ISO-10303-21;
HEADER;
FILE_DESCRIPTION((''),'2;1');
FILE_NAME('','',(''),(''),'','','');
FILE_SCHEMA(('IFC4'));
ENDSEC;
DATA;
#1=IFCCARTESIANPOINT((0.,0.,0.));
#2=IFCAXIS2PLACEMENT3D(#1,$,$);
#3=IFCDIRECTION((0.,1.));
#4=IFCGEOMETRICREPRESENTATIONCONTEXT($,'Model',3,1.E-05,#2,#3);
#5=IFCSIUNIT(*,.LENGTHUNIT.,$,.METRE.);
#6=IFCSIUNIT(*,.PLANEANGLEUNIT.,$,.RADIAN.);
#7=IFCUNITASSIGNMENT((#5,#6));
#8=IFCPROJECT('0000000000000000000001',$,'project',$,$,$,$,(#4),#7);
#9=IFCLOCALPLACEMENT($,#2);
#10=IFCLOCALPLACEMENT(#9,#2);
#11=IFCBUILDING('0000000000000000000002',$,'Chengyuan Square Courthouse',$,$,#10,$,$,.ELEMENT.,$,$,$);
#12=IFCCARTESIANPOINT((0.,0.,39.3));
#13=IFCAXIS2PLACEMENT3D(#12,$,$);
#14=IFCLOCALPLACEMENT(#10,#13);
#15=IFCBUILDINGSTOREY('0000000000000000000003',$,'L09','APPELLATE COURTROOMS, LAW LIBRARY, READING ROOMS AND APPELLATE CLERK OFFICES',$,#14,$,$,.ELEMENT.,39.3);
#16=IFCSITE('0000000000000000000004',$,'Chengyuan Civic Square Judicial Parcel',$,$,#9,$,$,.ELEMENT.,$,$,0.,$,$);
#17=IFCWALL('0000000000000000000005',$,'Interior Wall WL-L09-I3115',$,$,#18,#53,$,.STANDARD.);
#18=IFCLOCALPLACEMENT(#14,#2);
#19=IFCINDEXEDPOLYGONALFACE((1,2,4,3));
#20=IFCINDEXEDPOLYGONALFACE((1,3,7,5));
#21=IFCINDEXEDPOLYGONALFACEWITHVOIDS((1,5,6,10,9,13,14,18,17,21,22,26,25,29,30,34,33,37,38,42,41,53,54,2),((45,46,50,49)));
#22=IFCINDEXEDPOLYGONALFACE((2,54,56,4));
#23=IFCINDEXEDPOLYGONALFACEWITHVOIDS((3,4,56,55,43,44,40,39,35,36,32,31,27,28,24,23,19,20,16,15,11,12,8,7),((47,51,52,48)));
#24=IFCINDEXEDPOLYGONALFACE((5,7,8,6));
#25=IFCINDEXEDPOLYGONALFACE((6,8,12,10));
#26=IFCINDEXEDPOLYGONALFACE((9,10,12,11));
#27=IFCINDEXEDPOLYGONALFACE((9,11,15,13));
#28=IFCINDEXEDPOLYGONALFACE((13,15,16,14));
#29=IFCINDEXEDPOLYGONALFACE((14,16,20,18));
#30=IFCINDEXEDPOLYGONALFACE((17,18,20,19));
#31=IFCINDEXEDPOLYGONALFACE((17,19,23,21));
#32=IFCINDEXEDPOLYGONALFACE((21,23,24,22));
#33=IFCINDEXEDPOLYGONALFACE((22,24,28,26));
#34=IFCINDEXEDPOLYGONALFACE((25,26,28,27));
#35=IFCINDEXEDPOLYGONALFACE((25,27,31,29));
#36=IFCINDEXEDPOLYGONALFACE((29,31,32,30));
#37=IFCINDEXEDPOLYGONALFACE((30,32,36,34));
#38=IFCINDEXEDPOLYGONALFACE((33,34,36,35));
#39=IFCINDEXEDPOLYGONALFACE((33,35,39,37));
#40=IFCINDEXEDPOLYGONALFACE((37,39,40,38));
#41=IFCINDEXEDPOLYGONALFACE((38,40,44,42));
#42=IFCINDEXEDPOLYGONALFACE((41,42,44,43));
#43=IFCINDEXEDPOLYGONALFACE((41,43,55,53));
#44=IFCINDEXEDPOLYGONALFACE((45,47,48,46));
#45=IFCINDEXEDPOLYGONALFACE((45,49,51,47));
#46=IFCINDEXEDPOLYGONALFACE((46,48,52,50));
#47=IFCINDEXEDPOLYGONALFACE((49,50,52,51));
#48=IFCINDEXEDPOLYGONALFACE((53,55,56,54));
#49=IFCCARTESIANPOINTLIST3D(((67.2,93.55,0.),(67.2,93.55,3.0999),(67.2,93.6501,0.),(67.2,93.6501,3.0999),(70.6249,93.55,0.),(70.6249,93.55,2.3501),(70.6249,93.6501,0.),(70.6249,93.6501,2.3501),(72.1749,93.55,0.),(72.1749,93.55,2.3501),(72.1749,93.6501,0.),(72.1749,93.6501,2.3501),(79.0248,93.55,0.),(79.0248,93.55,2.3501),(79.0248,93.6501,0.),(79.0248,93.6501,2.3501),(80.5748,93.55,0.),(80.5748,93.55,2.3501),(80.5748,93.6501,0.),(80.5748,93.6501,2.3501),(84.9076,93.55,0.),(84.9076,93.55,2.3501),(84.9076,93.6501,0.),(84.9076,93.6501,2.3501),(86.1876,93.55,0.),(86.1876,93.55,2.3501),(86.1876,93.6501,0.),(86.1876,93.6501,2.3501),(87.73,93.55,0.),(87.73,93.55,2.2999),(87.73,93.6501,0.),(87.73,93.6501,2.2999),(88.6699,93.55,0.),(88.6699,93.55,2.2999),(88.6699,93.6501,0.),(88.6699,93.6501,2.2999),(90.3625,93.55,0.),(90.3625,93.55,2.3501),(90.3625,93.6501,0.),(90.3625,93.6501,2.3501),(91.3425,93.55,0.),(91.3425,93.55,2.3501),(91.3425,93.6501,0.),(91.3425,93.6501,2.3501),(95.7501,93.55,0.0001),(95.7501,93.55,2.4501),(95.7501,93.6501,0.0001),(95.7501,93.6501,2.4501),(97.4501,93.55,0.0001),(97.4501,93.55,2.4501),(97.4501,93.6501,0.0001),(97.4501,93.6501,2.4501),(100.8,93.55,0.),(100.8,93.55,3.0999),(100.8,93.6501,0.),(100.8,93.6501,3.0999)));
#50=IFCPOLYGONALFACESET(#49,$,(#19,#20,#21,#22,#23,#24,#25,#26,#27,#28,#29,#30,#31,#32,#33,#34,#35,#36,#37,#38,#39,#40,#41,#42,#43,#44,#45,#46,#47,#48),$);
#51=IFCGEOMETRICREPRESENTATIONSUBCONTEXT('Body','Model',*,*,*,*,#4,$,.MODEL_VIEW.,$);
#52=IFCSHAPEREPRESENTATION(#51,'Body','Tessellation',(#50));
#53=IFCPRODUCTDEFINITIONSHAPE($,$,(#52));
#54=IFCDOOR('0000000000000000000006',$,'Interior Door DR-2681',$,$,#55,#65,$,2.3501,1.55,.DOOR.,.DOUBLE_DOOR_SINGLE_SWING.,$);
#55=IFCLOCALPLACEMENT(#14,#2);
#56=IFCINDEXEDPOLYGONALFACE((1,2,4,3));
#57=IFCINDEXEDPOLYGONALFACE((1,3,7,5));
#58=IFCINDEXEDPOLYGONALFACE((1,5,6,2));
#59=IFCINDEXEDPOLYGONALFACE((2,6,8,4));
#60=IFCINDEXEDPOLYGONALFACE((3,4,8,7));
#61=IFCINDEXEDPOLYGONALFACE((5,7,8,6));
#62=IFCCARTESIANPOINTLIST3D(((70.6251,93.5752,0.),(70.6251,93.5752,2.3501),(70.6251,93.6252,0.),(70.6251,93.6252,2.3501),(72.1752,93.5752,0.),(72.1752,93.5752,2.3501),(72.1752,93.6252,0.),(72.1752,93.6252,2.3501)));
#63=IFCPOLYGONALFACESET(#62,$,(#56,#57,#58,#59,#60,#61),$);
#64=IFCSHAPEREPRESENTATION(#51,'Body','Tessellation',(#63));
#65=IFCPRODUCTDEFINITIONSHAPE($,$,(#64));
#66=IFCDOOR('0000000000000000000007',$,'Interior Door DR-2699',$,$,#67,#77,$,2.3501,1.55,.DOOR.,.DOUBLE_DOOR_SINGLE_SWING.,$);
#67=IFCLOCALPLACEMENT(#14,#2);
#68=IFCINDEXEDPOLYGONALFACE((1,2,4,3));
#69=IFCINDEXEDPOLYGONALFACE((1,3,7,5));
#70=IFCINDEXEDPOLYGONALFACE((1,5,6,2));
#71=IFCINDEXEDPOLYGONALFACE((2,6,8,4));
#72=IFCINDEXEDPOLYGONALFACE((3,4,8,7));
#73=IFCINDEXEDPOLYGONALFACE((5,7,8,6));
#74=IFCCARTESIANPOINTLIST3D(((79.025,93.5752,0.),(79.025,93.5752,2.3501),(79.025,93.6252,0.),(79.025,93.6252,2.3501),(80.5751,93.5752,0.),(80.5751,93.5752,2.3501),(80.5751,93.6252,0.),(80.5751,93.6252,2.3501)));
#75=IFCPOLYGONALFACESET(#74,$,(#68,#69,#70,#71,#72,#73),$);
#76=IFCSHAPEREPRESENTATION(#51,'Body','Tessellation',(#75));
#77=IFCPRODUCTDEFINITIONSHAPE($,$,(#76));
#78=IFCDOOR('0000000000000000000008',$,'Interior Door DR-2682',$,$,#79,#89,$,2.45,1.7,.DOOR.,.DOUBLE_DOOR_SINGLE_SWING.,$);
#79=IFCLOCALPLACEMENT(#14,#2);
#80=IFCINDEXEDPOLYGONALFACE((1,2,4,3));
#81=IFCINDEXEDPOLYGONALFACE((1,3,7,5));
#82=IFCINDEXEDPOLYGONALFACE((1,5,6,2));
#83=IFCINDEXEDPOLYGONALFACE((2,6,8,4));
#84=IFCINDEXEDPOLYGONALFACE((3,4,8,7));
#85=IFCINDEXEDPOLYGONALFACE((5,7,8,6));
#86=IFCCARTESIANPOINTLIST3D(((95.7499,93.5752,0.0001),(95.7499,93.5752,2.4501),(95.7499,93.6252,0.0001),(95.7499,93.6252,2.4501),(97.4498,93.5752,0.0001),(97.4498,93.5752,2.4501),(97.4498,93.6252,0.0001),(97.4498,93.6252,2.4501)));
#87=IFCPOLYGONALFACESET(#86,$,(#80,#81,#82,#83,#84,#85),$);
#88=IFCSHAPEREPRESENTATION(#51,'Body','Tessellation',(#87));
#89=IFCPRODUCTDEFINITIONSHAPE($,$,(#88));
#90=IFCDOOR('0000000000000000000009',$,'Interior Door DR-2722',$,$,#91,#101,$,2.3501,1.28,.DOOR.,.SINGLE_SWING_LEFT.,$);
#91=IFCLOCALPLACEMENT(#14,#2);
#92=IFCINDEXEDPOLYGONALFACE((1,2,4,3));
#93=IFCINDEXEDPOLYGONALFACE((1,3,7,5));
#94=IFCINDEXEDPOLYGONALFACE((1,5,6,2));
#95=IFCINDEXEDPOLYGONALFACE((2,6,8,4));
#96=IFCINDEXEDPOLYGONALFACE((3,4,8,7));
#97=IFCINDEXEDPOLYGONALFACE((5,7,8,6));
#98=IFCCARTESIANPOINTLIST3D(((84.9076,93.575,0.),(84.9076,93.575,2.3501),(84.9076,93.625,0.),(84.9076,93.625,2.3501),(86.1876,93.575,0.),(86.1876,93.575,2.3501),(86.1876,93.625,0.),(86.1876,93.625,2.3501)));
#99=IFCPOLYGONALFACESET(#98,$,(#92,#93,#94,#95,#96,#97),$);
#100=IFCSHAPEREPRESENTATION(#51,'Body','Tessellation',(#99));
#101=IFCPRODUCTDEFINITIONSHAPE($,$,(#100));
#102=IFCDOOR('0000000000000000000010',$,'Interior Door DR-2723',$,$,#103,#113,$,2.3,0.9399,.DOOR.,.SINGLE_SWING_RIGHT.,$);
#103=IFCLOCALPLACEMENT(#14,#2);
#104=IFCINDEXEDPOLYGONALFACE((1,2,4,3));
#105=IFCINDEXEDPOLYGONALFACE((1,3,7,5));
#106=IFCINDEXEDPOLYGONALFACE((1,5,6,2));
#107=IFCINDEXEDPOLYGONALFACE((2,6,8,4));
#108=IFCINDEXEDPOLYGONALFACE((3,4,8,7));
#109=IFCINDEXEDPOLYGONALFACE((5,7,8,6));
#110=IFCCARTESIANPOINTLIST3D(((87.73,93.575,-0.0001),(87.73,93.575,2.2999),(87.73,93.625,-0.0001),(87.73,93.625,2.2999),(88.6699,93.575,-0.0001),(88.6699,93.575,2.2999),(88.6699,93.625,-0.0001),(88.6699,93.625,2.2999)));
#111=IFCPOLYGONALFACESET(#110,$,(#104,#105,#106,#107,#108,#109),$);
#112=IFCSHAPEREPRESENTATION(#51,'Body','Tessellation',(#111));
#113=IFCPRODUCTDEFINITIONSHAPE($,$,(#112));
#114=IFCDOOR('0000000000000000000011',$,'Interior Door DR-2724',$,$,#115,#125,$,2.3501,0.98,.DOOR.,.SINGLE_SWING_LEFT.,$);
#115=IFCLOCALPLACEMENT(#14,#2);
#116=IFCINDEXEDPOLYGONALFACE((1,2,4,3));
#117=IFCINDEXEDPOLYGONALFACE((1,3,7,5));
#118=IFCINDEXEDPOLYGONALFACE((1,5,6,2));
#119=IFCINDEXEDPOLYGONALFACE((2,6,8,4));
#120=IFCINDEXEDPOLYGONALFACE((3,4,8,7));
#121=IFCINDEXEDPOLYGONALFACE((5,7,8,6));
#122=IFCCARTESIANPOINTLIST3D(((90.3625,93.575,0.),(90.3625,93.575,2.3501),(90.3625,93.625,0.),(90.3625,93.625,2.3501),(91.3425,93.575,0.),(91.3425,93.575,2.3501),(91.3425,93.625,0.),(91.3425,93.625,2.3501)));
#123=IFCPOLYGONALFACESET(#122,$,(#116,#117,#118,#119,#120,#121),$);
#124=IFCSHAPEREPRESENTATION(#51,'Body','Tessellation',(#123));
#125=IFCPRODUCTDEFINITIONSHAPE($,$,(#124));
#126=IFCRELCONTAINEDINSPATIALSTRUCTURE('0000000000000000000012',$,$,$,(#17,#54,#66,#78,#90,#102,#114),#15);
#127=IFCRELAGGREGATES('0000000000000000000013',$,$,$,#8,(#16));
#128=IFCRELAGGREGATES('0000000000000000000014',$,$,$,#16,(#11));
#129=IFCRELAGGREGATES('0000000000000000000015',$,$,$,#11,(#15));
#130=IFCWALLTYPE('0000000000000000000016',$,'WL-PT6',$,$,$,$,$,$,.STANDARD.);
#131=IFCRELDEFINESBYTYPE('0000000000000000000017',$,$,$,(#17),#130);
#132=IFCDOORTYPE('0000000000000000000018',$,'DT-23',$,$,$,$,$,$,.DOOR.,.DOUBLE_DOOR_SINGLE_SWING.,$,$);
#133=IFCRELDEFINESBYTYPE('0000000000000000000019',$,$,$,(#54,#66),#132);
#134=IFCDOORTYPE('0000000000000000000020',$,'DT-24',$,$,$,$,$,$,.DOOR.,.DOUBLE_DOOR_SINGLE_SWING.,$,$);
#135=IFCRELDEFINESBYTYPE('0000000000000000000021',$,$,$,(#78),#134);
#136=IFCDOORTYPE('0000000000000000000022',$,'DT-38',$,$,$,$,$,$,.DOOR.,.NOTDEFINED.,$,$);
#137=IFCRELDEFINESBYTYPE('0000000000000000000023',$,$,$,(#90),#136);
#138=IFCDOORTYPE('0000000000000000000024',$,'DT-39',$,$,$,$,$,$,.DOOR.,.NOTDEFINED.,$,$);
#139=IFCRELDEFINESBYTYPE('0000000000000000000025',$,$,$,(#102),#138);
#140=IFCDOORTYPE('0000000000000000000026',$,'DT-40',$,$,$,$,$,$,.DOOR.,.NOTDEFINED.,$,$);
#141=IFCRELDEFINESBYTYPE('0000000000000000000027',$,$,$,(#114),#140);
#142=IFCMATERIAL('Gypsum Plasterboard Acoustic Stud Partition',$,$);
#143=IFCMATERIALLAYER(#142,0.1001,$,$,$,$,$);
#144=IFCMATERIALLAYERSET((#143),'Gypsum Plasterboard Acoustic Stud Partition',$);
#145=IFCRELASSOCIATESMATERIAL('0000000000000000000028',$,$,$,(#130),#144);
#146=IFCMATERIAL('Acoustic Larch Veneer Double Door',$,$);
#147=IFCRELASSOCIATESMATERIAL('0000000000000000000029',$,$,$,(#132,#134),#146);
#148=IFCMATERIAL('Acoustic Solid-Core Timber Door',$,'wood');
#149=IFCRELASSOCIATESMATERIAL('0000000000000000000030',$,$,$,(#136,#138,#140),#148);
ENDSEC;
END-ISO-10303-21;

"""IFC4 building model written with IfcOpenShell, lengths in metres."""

from ifc_helpers import new_model, si_unit, direction, frame, frame_2d, origin, place, context, subcontext, project, spatial, rectangle, extrude, material, layer, layer_set, type_object, element, fill, save


model = new_model("IFC4")

# Units and contexts
model_context = context("Model", 3, precision=1e-05, world=origin(), true_north=direction((0.0, 1.0)))
body_context = subcontext(model_context, "Body", "Model", "MODEL_VIEW")
ifc_project = project(units=[si_unit("LENGTHUNIT", "METRE"), si_unit("PLANEANGLEUNIT", "RADIAN")], contexts=[model_context])

# Site, building, storey
site_placement = place(None, origin())
site = spatial("IfcSite", under=ifc_project, at=site_placement, Name="Chengyuan Civic Square Judicial Parcel", CompositionType="ELEMENT", RefElevation=0.0)
building_placement = place(site_placement, origin())
building = spatial("IfcBuilding", under=site, at=building_placement, Name="Chengyuan Square Courthouse", CompositionType="ELEMENT")
storey_placement = place(building_placement, frame((0.0, 0.0, 39.3)))
storey = spatial("IfcBuildingStorey", under=building, at=storey_placement, Name="L09", Description="APPELLATE COURTROOMS, LAW LIBRARY, READING ROOMS AND APPELLATE CLERK OFFICES", CompositionType="ELEMENT", Elevation=39.3)

# Wall, openings, doors
ifc_material_1 = material(Name="Gypsum Plasterboard Acoustic Stud Partition")
ifc_layer_1 = layer(ifc_material_1, 0.1001)
ifc_layer_set_1 = layer_set([ifc_layer_1], Name="Gypsum Plasterboard Acoustic Stud Partition")
wall_type_1 = type_object("IfcWallType", Name="WL-PT6", PredefinedType="STANDARD", material=ifc_layer_set_1)
wall_1_placement = place(storey_placement, frame((67.2, 93.6001, 0.0), z_axis=(0.0, 0.0, 1.0), x_axis=(1.0, 0.0, 0.0)))
wall_1 = element("IfcWall", 1, at=wall_1_placement, inside=storey, type_object=wall_type_1, Name="Interior Wall WL-L09-I3115", PredefinedType="STANDARD", context=body_context, shape_type="SweptSolid", body=[
    extrude(rectangle(XDim=33.6001, YDim=0.1001, at=frame_2d((16.8, 0.0))), origin(), (0.0, 0.0, 1.0), 3.0999),
])
opening_1_placement = place(wall_1_placement, frame((3.425, 0.0, 0.0)))
opening_1 = element("IfcOpeningElement", 2, at=opening_1_placement, cuts=wall_1, PredefinedType="OPENING", context=body_context, shape_type="SweptSolid", body=[
    extrude(rectangle(XDim=1.55, YDim=2.3501, at=frame_2d((0.7749, 1.175))), frame((0.0, 0.062, 0.0), z_axis=(0.0, -1.0, 0.0), x_axis=(1.0, 0.0, 0.0)), (0.0, 0.0, 1.0), 0.124),
])
opening_2_placement = place(wall_1_placement, frame((28.55, 0.0, 0.0)))
opening_2 = element("IfcOpeningElement", 3, at=opening_2_placement, cuts=wall_1, PredefinedType="OPENING", context=body_context, shape_type="SweptSolid", body=[
    extrude(rectangle(XDim=1.7, YDim=2.45, at=frame_2d((0.8501, 1.2251))), frame((0.0, 0.062, 0.0), z_axis=(0.0, -1.0, 0.0), x_axis=(1.0, 0.0, 0.0)), (0.0, 0.0, 1.0), 0.124),
])
opening_3_placement = place(wall_1_placement, frame((11.825, 0.0, 0.0)))
opening_3 = element("IfcOpeningElement", 4, at=opening_3_placement, cuts=wall_1, PredefinedType="OPENING", context=body_context, shape_type="SweptSolid", body=[
    extrude(rectangle(XDim=1.55, YDim=2.3501, at=frame_2d((0.7749, 1.175))), frame((0.0, 0.062, 0.0), z_axis=(0.0, -1.0, 0.0), x_axis=(1.0, 0.0, 0.0)), (0.0, 0.0, 1.0), 0.124),
])
opening_4_placement = place(wall_1_placement, frame((17.7075, 0.0, 0.0)))
opening_4 = element("IfcOpeningElement", 5, at=opening_4_placement, cuts=wall_1, PredefinedType="OPENING", context=body_context, shape_type="SweptSolid", body=[
    extrude(rectangle(XDim=1.28, YDim=2.3501, at=frame_2d((0.6401, 1.175))), frame((0.0, 0.062, 0.0), z_axis=(0.0, -1.0, 0.0), x_axis=(1.0, 0.0, 0.0)), (0.0, 0.0, 1.0), 0.124),
])
opening_5_placement = place(wall_1_placement, frame((20.53, 0.0, 0.0)))
opening_5 = element("IfcOpeningElement", 6, at=opening_5_placement, cuts=wall_1, PredefinedType="OPENING", context=body_context, shape_type="SweptSolid", body=[
    extrude(rectangle(XDim=0.9399, YDim=2.3, at=frame_2d((0.47, 1.1499))), frame((0.0, 0.062, 0.0), z_axis=(0.0, -1.0, 0.0), x_axis=(1.0, 0.0, 0.0)), (0.0, 0.0, 1.0), 0.124),
])
opening_6_placement = place(wall_1_placement, frame((23.1626, 0.0, 0.0)))
opening_6 = element("IfcOpeningElement", 7, at=opening_6_placement, cuts=wall_1, PredefinedType="OPENING", context=body_context, shape_type="SweptSolid", body=[
    extrude(rectangle(XDim=0.98, YDim=2.3501, at=frame_2d((0.49, 1.175))), frame((0.0, 0.062, 0.0), z_axis=(0.0, -1.0, 0.0), x_axis=(1.0, 0.0, 0.0)), (0.0, 0.0, 1.0), 0.124),
])
ifc_material_2 = material(Name="Acoustic Larch Veneer Double Door")
door_type_1 = type_object("IfcDoorType", Name="DT-23", OperationType="DOUBLE_DOOR_SINGLE_SWING", PredefinedType="DOOR", material=ifc_material_2)
door_1_placement = place(opening_1_placement, frame((1.55, 0.0, 0.0), z_axis=(0.0, 0.0, 1.0), x_axis=(-1.0, 0.0, 0.0)))
door_1 = element("IfcDoor", 8, at=door_1_placement, inside=storey, type_object=door_type_1, Name="Interior Door DR-2681", OperationType="DOUBLE_DOOR_SINGLE_SWING", OverallHeight=2.3501, OverallWidth=1.55, PredefinedType="DOOR", context=body_context, shape_type="SweptSolid", body=[
    extrude(rectangle(XDim=1.55, YDim=2.3501, at=frame_2d((0.7749, 1.175))), frame((0.0, 0.0249, 0.0), z_axis=(0.0, -1.0, 0.0), x_axis=(1.0, 0.0, 0.0)), (0.0, 0.0, 1.0), 0.05),
])
fill(opening_1, door_1)
door_2_placement = place(opening_3_placement, frame((1.55, 0.0, 0.0), z_axis=(0.0, 0.0, 1.0), x_axis=(-1.0, 0.0, 0.0)))
door_2 = element("IfcDoor", 9, at=door_2_placement, inside=storey, type_object=door_type_1, Name="Interior Door DR-2699", OperationType="DOUBLE_DOOR_SINGLE_SWING", OverallHeight=2.3501, OverallWidth=1.55, PredefinedType="DOOR", context=body_context, shape_type="SweptSolid", body=[
    extrude(rectangle(XDim=1.55, YDim=2.3501, at=frame_2d((0.7749, 1.175))), frame((0.0, 0.0249, 0.0), z_axis=(0.0, -1.0, 0.0), x_axis=(1.0, 0.0, 0.0)), (0.0, 0.0, 1.0), 0.05),
])
fill(opening_3, door_2)
door_type_2 = type_object("IfcDoorType", Name="DT-24", OperationType="DOUBLE_DOOR_SINGLE_SWING", PredefinedType="DOOR", material=ifc_material_2)
door_3_placement = place(opening_2_placement, frame((1.7, 0.0, 0.0), z_axis=(0.0, 0.0, 1.0), x_axis=(-1.0, 0.0, 0.0)))
door_3 = element("IfcDoor", 10, at=door_3_placement, inside=storey, type_object=door_type_2, Name="Interior Door DR-2682", OperationType="DOUBLE_DOOR_SINGLE_SWING", OverallHeight=2.45, OverallWidth=1.7, PredefinedType="DOOR", context=body_context, shape_type="SweptSolid", body=[
    extrude(rectangle(XDim=1.7, YDim=2.45, at=frame_2d((0.8501, 1.2251))), frame((0.0, 0.0249, 0.0), z_axis=(0.0, -1.0, 0.0), x_axis=(1.0, 0.0, 0.0)), (0.0, 0.0, 1.0), 0.05),
])
fill(opening_2, door_3)
ifc_material_3 = material(Name="Acoustic Solid-Core Timber Door", Category="wood")
door_type_3 = type_object("IfcDoorType", Name="DT-38", OperationType="NOTDEFINED", PredefinedType="DOOR", material=ifc_material_3)
door_4_placement = place(opening_4_placement, origin())
door_4 = element("IfcDoor", 11, at=door_4_placement, inside=storey, type_object=door_type_3, Name="Interior Door DR-2722", OperationType="SINGLE_SWING_LEFT", OverallHeight=2.3501, OverallWidth=1.28, PredefinedType="DOOR", context=body_context, shape_type="SweptSolid", body=[
    extrude(rectangle(XDim=1.28, YDim=2.3501, at=frame_2d((0.6401, 1.175))), frame((0.0, 0.0249, 0.0), z_axis=(0.0, -1.0, 0.0), x_axis=(1.0, 0.0, 0.0)), (0.0, 0.0, 1.0), 0.05),
])
fill(opening_4, door_4)
door_type_4 = type_object("IfcDoorType", Name="DT-39", OperationType="NOTDEFINED", PredefinedType="DOOR", material=ifc_material_3)
door_5_placement = place(opening_5_placement, origin())
door_5 = element("IfcDoor", 12, at=door_5_placement, inside=storey, type_object=door_type_4, Name="Interior Door DR-2723", OperationType="SINGLE_SWING_RIGHT", OverallHeight=2.3, OverallWidth=0.9399, PredefinedType="DOOR", context=body_context, shape_type="SweptSolid", body=[
    extrude(rectangle(XDim=0.9399, YDim=2.3, at=frame_2d((0.47, 1.1499))), frame((0.0, 0.0249, 0.0), z_axis=(0.0, -1.0, 0.0), x_axis=(1.0, 0.0, 0.0)), (0.0, 0.0, 1.0), 0.05),
])
fill(opening_5, door_5)
door_type_5 = type_object("IfcDoorType", Name="DT-40", OperationType="NOTDEFINED", PredefinedType="DOOR", material=ifc_material_3)
door_6_placement = place(opening_6_placement, origin())
door_6 = element("IfcDoor", 13, at=door_6_placement, inside=storey, type_object=door_type_5, Name="Interior Door DR-2724", OperationType="SINGLE_SWING_LEFT", OverallHeight=2.3501, OverallWidth=0.98, PredefinedType="DOOR", context=body_context, shape_type="SweptSolid", body=[
    extrude(rectangle(XDim=0.98, YDim=2.3501, at=frame_2d((0.49, 1.175))), frame((0.0, 0.0249, 0.0), z_axis=(0.0, -1.0, 0.0), x_axis=(1.0, 0.0, 0.0)), (0.0, 0.0, 1.0), 0.05),
])
fill(opening_6, door_6)

save(model, "model.ifc")
